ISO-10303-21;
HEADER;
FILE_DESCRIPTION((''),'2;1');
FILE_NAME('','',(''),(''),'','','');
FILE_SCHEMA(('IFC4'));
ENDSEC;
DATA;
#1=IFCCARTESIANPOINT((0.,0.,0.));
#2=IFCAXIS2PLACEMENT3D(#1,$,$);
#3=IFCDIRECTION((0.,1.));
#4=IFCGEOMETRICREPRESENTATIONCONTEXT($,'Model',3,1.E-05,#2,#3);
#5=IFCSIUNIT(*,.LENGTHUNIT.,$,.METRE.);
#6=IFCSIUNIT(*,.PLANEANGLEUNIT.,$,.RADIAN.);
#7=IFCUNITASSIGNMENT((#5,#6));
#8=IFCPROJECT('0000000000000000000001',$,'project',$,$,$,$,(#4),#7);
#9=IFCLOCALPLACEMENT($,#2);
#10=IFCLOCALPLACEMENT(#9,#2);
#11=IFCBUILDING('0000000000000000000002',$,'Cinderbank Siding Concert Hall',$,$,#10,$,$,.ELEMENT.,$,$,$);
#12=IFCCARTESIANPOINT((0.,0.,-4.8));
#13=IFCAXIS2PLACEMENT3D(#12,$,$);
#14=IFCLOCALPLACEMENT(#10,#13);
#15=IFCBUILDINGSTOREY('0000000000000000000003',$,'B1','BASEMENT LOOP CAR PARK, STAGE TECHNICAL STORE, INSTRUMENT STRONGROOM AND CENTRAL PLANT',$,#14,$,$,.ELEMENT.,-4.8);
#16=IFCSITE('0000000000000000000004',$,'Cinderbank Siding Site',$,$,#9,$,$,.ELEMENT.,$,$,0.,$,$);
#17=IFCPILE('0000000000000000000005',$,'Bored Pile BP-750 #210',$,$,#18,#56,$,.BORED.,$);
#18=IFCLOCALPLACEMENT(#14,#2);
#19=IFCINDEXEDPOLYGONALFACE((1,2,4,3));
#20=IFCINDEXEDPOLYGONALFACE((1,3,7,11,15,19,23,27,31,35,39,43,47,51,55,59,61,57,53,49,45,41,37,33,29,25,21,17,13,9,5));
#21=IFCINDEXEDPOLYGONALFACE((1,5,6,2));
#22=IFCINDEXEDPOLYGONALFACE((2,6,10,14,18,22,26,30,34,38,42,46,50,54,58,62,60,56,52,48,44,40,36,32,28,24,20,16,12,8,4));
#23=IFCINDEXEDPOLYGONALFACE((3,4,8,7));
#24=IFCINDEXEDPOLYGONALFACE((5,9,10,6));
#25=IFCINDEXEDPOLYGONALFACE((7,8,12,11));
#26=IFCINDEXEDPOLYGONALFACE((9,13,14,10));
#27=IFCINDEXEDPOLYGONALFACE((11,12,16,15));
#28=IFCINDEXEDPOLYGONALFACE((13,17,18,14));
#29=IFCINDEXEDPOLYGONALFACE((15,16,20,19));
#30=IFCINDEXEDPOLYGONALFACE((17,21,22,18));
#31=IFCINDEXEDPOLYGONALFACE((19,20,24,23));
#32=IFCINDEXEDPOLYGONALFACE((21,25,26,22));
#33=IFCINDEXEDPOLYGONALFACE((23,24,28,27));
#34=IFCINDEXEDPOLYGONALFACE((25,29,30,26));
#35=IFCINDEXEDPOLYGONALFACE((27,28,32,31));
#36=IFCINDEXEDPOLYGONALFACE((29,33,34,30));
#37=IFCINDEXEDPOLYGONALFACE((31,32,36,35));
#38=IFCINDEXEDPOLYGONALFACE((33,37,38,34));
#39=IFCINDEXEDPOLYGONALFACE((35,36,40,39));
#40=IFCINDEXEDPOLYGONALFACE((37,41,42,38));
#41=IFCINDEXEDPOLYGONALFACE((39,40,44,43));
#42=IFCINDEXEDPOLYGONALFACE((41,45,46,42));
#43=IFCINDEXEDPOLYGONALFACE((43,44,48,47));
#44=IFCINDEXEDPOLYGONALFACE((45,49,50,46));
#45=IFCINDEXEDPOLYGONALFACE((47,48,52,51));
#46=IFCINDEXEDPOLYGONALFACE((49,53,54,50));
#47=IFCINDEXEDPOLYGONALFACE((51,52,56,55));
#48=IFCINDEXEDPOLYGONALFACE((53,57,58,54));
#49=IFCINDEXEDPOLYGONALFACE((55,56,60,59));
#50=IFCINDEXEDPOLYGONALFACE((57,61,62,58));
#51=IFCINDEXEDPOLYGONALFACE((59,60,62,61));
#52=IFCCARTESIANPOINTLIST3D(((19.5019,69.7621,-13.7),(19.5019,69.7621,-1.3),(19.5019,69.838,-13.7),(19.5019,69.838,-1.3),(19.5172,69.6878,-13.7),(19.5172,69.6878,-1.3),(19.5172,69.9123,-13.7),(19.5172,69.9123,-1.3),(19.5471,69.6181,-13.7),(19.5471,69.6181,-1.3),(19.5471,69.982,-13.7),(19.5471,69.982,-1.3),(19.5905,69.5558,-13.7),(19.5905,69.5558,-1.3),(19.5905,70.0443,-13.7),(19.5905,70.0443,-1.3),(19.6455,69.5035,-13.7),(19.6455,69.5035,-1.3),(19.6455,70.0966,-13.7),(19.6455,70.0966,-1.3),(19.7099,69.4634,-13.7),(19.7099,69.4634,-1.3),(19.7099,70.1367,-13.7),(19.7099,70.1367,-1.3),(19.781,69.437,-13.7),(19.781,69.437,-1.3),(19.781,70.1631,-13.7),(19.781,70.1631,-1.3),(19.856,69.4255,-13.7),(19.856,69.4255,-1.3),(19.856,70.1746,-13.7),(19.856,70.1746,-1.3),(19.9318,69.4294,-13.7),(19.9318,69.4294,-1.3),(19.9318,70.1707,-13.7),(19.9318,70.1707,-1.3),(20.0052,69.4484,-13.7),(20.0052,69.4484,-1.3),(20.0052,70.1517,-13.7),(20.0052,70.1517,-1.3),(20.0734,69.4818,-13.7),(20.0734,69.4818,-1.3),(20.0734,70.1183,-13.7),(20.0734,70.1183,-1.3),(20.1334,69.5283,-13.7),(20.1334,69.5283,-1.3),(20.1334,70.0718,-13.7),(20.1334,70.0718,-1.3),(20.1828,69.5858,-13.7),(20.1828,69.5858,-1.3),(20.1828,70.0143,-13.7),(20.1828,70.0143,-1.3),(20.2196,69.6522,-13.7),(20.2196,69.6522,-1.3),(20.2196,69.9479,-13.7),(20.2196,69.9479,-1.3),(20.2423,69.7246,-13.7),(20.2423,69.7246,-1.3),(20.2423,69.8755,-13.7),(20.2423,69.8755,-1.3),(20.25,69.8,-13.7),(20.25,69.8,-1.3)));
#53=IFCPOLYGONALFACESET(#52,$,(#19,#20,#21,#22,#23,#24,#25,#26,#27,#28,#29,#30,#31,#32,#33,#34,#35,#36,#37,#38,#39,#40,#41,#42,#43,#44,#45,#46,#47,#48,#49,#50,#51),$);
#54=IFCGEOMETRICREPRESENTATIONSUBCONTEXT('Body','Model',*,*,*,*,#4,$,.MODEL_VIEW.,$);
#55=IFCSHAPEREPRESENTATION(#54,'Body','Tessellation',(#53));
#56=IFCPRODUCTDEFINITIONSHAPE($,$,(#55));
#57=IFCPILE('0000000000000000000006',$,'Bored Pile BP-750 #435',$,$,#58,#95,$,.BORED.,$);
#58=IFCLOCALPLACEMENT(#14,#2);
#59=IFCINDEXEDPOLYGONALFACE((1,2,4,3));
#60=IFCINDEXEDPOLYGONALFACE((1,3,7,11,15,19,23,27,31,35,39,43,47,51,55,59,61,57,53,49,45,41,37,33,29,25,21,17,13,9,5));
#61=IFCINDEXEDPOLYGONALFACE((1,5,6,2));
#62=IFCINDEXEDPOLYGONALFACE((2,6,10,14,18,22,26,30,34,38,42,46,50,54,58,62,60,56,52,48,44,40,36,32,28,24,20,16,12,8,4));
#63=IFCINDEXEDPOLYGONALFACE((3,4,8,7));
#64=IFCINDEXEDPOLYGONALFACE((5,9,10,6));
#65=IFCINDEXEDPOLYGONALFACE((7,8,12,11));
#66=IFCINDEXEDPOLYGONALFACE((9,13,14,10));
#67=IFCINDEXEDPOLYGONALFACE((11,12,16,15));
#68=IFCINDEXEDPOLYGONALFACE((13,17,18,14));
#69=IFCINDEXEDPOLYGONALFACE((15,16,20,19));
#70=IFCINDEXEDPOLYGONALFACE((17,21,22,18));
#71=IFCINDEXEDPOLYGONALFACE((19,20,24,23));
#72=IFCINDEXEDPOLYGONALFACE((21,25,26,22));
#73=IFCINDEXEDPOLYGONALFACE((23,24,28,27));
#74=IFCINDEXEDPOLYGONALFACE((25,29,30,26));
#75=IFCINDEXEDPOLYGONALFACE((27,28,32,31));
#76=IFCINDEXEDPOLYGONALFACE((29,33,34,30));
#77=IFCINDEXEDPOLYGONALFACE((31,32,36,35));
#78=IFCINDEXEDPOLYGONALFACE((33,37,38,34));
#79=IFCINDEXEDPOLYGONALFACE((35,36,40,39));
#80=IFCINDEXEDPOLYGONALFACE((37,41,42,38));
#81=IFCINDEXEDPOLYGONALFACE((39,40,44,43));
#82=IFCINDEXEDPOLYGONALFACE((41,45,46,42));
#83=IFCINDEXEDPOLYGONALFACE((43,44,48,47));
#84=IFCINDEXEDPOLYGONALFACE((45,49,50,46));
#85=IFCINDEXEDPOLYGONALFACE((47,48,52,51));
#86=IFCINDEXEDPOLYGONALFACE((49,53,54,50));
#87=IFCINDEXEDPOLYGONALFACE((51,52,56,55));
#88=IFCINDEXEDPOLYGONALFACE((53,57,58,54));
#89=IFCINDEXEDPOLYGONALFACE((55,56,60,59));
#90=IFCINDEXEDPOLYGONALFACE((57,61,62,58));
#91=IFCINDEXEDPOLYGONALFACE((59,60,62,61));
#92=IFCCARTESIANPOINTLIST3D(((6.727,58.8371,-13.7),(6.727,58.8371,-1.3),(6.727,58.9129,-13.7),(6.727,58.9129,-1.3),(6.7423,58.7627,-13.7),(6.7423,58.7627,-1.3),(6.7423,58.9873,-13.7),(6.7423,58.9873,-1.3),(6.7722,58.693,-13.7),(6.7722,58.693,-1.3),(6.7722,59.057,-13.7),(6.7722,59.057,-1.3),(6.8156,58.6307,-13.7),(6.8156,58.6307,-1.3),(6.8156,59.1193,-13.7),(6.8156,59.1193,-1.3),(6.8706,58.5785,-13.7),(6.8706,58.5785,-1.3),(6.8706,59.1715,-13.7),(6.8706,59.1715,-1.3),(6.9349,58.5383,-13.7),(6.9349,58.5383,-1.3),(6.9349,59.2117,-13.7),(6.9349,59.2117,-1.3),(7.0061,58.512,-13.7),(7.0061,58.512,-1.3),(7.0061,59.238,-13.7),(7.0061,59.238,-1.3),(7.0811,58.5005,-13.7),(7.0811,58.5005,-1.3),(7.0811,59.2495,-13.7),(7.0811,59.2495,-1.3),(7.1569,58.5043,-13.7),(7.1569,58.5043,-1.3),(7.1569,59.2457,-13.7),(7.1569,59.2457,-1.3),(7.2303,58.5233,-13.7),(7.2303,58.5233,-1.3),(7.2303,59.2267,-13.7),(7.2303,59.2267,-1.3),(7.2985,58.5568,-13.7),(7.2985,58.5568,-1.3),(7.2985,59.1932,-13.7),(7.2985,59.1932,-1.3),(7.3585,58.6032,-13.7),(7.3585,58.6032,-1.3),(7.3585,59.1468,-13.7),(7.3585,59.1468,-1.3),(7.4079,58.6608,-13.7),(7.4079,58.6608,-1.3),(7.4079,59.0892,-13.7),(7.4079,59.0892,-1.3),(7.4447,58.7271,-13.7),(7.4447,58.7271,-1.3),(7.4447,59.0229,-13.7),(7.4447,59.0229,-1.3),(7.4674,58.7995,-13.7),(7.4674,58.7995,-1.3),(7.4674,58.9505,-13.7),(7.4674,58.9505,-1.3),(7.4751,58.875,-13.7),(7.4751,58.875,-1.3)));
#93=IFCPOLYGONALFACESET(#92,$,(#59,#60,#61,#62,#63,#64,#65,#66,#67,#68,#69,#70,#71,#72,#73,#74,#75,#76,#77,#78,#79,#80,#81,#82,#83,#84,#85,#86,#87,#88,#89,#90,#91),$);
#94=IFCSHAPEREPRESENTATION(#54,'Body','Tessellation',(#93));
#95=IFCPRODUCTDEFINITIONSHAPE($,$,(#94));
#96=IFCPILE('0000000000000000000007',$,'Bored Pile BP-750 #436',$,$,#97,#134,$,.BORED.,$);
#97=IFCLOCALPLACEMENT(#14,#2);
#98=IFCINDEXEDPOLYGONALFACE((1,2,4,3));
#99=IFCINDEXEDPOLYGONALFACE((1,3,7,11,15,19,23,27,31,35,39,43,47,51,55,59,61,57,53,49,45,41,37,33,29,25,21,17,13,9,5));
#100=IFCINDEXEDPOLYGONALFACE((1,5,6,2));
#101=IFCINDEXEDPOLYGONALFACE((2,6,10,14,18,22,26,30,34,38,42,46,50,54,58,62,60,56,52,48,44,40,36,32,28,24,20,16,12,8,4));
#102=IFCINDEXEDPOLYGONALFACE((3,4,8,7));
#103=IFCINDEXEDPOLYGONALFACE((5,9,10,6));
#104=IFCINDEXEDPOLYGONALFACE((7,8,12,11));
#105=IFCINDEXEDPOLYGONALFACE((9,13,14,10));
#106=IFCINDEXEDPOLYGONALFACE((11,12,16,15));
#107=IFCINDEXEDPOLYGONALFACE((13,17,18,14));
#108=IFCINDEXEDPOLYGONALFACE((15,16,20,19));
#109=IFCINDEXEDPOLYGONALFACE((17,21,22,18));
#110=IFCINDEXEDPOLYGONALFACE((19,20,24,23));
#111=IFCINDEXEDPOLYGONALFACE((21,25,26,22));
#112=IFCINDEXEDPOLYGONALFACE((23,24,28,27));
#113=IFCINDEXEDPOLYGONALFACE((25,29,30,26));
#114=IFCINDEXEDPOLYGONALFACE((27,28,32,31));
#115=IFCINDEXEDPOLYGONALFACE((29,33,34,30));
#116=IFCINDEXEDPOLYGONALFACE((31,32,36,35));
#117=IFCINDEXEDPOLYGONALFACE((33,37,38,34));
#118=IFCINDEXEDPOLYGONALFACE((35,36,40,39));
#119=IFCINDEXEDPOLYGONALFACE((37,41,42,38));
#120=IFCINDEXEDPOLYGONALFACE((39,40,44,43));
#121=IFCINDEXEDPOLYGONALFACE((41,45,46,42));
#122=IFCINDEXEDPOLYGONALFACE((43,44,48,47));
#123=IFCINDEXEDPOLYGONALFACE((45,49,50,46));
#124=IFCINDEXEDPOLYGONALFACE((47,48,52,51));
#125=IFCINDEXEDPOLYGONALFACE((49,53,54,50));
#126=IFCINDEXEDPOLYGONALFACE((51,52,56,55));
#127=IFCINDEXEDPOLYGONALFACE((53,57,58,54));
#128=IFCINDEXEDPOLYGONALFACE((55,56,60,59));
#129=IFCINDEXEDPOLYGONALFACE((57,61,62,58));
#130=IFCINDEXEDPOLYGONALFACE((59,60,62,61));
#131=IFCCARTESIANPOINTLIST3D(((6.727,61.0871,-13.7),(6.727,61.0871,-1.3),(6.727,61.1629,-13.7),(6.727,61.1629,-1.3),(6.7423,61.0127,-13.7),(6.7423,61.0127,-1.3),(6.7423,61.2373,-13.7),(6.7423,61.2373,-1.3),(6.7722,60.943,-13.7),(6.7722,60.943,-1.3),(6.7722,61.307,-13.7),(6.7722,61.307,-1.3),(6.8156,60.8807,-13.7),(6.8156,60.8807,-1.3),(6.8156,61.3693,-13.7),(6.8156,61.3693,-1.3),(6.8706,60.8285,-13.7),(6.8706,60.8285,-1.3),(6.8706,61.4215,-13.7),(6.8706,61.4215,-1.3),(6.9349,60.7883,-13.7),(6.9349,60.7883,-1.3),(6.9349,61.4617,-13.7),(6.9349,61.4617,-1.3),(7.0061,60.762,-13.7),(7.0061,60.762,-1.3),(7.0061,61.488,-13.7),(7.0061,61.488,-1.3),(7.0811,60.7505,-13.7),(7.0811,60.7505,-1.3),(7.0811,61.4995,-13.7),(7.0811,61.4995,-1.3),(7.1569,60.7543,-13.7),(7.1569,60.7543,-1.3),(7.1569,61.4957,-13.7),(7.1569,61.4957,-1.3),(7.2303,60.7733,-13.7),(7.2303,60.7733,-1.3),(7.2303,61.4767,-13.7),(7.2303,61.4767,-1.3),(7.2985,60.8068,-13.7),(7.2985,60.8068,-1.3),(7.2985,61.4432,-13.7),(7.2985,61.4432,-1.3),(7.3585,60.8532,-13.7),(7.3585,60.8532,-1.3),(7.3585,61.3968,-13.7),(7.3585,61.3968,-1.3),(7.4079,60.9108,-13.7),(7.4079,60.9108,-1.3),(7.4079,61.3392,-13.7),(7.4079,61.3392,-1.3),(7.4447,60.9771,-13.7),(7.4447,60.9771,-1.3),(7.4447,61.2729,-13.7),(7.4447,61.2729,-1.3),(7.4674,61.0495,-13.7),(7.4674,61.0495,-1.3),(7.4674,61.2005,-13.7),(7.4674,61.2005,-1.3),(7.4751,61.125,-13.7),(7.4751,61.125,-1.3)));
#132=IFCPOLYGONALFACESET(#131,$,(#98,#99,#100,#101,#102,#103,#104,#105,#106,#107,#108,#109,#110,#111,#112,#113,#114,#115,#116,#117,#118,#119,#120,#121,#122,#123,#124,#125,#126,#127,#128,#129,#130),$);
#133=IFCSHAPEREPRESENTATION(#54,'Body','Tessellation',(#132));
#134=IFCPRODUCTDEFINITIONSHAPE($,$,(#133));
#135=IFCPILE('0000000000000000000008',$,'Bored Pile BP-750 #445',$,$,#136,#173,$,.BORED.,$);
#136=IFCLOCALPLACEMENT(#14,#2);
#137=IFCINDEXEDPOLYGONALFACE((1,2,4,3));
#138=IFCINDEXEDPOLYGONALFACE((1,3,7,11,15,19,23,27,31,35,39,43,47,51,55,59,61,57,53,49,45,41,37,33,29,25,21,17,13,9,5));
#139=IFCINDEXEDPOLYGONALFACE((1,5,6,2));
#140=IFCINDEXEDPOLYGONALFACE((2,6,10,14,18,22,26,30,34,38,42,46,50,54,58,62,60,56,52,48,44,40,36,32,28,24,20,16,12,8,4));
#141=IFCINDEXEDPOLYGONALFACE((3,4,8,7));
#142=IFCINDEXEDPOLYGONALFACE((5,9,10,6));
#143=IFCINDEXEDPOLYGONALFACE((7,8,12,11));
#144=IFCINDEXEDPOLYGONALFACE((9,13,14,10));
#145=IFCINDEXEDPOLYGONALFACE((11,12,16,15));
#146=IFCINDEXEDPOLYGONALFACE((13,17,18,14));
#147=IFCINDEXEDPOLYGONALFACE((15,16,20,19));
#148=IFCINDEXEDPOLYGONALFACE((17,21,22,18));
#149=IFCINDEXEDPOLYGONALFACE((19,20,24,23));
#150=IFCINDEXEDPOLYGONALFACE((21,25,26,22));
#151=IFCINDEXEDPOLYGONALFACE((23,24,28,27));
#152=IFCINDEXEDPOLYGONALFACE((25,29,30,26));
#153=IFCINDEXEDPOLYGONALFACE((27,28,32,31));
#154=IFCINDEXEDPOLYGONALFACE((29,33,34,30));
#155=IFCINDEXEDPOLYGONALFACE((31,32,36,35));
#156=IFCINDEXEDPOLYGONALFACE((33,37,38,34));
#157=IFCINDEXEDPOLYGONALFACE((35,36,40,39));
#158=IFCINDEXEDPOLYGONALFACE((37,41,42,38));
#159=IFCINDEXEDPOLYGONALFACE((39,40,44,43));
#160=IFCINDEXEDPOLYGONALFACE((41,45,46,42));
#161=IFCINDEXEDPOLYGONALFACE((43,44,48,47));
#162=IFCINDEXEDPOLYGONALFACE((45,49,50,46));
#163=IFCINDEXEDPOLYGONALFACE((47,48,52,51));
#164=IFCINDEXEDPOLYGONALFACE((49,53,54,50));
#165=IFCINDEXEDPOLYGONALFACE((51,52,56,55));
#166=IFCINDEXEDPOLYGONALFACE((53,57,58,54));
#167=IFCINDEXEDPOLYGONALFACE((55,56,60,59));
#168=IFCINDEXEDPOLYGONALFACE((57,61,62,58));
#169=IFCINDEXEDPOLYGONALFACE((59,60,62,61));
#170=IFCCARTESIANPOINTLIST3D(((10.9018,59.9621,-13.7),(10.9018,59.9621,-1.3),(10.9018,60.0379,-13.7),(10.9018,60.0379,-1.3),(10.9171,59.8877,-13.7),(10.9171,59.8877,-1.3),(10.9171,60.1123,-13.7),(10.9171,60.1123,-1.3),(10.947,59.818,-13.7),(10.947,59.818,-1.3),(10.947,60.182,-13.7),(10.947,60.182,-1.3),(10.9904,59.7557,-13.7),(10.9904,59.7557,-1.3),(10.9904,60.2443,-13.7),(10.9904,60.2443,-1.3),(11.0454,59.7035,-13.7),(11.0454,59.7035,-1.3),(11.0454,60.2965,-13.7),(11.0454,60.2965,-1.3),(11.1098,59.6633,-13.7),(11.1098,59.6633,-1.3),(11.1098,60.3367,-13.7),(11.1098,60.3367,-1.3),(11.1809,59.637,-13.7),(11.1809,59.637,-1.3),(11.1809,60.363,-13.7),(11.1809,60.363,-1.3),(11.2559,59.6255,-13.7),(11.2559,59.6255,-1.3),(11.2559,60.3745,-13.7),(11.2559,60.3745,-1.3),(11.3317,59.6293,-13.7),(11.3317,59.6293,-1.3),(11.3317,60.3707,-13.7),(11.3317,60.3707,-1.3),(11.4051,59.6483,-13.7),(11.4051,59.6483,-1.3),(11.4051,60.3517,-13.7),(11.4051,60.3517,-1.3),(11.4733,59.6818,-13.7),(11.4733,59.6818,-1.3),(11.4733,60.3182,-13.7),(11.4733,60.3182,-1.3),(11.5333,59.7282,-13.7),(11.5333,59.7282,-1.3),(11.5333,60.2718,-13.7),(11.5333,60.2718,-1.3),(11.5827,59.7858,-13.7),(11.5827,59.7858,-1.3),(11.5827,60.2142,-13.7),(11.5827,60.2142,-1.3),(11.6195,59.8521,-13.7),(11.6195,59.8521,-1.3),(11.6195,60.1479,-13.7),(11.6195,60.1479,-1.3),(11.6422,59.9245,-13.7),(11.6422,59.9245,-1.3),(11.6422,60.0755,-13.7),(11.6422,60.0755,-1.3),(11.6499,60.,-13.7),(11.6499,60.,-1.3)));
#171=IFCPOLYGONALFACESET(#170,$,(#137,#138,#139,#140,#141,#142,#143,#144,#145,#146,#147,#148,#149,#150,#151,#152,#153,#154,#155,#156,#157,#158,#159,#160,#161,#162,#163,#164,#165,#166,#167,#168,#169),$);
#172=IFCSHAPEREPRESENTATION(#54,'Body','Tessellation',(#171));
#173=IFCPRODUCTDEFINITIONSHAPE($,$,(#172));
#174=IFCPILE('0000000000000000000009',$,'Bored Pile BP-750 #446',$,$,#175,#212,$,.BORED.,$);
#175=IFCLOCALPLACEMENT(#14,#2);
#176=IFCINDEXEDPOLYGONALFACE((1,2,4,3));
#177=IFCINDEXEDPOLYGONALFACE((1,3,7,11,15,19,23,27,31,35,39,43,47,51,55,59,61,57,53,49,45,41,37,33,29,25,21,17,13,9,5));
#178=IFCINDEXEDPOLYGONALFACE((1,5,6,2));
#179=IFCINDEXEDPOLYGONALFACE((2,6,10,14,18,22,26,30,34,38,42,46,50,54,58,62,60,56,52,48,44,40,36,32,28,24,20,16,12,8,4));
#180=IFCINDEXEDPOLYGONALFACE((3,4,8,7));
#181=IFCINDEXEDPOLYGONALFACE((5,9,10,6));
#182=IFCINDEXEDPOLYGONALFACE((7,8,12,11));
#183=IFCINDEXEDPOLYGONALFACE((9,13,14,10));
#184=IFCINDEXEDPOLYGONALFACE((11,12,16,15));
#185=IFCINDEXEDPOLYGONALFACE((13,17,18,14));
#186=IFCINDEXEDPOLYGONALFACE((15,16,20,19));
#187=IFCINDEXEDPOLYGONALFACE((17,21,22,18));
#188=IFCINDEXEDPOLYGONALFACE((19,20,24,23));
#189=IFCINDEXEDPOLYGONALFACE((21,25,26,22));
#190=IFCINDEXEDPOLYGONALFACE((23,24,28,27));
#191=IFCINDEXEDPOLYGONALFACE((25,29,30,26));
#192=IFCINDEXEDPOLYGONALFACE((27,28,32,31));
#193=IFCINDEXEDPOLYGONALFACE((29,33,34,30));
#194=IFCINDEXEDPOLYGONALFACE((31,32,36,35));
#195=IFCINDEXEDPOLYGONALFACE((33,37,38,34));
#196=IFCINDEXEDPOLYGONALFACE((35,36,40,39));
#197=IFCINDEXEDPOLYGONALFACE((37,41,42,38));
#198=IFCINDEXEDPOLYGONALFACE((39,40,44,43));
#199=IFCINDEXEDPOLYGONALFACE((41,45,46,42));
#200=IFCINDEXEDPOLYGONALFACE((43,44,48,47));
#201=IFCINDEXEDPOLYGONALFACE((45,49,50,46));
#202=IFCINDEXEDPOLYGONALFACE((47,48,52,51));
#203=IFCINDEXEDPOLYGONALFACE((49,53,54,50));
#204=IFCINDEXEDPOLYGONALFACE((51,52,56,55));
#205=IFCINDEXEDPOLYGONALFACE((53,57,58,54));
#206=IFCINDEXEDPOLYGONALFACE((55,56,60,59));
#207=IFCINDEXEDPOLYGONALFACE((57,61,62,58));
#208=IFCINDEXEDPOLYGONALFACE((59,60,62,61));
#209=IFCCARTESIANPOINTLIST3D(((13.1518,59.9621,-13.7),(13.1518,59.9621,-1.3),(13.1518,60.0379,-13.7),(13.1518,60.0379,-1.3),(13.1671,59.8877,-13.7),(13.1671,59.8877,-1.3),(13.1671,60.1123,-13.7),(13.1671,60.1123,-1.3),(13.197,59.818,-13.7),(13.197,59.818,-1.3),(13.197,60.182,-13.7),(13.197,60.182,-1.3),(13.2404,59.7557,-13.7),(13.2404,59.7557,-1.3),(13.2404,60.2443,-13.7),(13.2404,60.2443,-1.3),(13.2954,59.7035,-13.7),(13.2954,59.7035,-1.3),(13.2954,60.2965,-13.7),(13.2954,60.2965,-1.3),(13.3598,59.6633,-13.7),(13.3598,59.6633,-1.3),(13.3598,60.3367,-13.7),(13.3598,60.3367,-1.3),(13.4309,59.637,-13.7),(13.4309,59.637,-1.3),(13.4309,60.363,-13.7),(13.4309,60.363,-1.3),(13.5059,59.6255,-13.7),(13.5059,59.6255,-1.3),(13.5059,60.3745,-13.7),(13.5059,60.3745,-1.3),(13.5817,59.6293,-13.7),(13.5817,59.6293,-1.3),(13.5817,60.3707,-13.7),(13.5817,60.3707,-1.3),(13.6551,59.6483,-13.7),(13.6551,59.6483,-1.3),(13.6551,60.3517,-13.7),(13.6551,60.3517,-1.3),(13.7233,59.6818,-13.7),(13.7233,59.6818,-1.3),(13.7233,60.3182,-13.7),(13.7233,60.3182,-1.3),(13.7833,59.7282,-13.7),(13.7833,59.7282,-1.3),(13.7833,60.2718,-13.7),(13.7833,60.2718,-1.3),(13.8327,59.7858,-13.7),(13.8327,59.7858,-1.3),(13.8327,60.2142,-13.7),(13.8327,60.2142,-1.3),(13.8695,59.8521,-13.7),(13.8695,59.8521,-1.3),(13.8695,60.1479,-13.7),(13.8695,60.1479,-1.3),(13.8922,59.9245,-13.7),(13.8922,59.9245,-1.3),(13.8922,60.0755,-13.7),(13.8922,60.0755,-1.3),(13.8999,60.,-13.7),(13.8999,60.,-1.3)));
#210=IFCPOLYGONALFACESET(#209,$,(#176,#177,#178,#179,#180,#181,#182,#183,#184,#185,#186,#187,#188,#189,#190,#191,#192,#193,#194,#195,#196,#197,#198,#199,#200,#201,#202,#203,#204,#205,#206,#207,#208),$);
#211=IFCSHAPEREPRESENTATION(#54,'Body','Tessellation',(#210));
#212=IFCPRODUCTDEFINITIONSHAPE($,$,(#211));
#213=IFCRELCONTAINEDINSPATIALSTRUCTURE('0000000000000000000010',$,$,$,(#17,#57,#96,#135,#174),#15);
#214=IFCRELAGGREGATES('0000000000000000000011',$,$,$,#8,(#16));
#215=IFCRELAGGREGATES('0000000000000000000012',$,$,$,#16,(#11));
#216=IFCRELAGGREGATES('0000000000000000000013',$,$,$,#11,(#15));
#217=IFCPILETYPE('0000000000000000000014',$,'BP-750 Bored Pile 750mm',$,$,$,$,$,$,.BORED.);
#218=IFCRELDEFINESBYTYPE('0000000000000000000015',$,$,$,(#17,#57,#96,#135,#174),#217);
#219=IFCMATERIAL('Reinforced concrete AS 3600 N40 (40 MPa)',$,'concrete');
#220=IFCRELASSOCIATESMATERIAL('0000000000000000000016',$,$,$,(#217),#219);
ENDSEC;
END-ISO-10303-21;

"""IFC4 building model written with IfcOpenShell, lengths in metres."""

from ifc_helpers import new_model, si_unit, direction, frame, origin, origin_2d, place, context, subcontext, project, spatial, circle, extrude, material, material_profile, profile_set, type_object, element, save


model = new_model("IFC4")

# Units and contexts
model_context = context("Model", 3, precision=1e-05, world=origin(), true_north=direction((0.0, 1.0)))
body_context = subcontext(model_context, "Body", "Model", "MODEL_VIEW")
ifc_project = project(units=[si_unit("LENGTHUNIT", "METRE"), si_unit("PLANEANGLEUNIT", "RADIAN")], contexts=[model_context])

# Site, building, storey
site_placement = place(None, origin())
site = spatial("IfcSite", under=ifc_project, at=site_placement, Name="Cinderbank Siding Site", CompositionType="ELEMENT", RefElevation=0.0)
building_placement = place(site_placement, origin())
building = spatial("IfcBuilding", under=site, at=building_placement, Name="Cinderbank Siding Concert Hall", CompositionType="ELEMENT")
storey_placement = place(building_placement, frame((0.0, 0.0, -4.8)))
storey = spatial("IfcBuildingStorey", under=building, at=storey_placement, Name="B1", Description="BASEMENT LOOP CAR PARK, STAGE TECHNICAL STORE, INSTRUMENT STRONGROOM AND CENTRAL PLANT", CompositionType="ELEMENT", Elevation=-4.8)

# Piles
ifc_material_1 = material(Name="Reinforced concrete AS 3600 N40 (40 MPa)", Category="concrete")
ifc_material_profile_1 = material_profile(ifc_material_1, circle(Radius=0.375, at=origin_2d()), Name="PILE-750DIA", Category="LoadBearing")
ifc_profile_set_1 = profile_set([ifc_material_profile_1], Name="Reinforced concrete AS 3600 N40 (40 MPa)")
pile_type_1 = type_object("IfcPileType", Name="BP-750 Bored Pile 750mm", PredefinedType="BORED", material=ifc_profile_set_1)
for number, where, z_axis, x_axis, name in (
    (1, (19.875, 69.8, -1.3), (0.0, 0.0, -1.0), (1.0, 0.0, 0.0), "Bored Pile BP-750 #210"),
    (2, (7.1001, 58.875, -1.3), (0.0, 0.0, -1.0), (1.0, 0.0, 0.0), "Bored Pile BP-750 #435"),
    (3, (7.1001, 61.125, -1.3), (0.0, 0.0, -1.0), (1.0, 0.0, 0.0), "Bored Pile BP-750 #436"),
    (4, (11.2749, 60.0, -1.3), (0.0, 0.0, -1.0), (1.0, 0.0, 0.0), "Bored Pile BP-750 #445"),
    (5, (13.5249, 60.0, -1.3), (0.0, 0.0, -1.0), (1.0, 0.0, 0.0), "Bored Pile BP-750 #446"),
):
    element("IfcPile", number, at=place(storey_placement, frame(where, z_axis=z_axis, x_axis=x_axis)), inside=storey, type_object=pile_type_1, Name=name, PredefinedType="BORED", context=body_context, shape_type="SweptSolid", body=[
        extrude(circle(Radius=0.375, at=origin_2d()), origin(), (0.0, 0.0, 1.0), 12.3999),
    ])

save(model, "model.ifc")
